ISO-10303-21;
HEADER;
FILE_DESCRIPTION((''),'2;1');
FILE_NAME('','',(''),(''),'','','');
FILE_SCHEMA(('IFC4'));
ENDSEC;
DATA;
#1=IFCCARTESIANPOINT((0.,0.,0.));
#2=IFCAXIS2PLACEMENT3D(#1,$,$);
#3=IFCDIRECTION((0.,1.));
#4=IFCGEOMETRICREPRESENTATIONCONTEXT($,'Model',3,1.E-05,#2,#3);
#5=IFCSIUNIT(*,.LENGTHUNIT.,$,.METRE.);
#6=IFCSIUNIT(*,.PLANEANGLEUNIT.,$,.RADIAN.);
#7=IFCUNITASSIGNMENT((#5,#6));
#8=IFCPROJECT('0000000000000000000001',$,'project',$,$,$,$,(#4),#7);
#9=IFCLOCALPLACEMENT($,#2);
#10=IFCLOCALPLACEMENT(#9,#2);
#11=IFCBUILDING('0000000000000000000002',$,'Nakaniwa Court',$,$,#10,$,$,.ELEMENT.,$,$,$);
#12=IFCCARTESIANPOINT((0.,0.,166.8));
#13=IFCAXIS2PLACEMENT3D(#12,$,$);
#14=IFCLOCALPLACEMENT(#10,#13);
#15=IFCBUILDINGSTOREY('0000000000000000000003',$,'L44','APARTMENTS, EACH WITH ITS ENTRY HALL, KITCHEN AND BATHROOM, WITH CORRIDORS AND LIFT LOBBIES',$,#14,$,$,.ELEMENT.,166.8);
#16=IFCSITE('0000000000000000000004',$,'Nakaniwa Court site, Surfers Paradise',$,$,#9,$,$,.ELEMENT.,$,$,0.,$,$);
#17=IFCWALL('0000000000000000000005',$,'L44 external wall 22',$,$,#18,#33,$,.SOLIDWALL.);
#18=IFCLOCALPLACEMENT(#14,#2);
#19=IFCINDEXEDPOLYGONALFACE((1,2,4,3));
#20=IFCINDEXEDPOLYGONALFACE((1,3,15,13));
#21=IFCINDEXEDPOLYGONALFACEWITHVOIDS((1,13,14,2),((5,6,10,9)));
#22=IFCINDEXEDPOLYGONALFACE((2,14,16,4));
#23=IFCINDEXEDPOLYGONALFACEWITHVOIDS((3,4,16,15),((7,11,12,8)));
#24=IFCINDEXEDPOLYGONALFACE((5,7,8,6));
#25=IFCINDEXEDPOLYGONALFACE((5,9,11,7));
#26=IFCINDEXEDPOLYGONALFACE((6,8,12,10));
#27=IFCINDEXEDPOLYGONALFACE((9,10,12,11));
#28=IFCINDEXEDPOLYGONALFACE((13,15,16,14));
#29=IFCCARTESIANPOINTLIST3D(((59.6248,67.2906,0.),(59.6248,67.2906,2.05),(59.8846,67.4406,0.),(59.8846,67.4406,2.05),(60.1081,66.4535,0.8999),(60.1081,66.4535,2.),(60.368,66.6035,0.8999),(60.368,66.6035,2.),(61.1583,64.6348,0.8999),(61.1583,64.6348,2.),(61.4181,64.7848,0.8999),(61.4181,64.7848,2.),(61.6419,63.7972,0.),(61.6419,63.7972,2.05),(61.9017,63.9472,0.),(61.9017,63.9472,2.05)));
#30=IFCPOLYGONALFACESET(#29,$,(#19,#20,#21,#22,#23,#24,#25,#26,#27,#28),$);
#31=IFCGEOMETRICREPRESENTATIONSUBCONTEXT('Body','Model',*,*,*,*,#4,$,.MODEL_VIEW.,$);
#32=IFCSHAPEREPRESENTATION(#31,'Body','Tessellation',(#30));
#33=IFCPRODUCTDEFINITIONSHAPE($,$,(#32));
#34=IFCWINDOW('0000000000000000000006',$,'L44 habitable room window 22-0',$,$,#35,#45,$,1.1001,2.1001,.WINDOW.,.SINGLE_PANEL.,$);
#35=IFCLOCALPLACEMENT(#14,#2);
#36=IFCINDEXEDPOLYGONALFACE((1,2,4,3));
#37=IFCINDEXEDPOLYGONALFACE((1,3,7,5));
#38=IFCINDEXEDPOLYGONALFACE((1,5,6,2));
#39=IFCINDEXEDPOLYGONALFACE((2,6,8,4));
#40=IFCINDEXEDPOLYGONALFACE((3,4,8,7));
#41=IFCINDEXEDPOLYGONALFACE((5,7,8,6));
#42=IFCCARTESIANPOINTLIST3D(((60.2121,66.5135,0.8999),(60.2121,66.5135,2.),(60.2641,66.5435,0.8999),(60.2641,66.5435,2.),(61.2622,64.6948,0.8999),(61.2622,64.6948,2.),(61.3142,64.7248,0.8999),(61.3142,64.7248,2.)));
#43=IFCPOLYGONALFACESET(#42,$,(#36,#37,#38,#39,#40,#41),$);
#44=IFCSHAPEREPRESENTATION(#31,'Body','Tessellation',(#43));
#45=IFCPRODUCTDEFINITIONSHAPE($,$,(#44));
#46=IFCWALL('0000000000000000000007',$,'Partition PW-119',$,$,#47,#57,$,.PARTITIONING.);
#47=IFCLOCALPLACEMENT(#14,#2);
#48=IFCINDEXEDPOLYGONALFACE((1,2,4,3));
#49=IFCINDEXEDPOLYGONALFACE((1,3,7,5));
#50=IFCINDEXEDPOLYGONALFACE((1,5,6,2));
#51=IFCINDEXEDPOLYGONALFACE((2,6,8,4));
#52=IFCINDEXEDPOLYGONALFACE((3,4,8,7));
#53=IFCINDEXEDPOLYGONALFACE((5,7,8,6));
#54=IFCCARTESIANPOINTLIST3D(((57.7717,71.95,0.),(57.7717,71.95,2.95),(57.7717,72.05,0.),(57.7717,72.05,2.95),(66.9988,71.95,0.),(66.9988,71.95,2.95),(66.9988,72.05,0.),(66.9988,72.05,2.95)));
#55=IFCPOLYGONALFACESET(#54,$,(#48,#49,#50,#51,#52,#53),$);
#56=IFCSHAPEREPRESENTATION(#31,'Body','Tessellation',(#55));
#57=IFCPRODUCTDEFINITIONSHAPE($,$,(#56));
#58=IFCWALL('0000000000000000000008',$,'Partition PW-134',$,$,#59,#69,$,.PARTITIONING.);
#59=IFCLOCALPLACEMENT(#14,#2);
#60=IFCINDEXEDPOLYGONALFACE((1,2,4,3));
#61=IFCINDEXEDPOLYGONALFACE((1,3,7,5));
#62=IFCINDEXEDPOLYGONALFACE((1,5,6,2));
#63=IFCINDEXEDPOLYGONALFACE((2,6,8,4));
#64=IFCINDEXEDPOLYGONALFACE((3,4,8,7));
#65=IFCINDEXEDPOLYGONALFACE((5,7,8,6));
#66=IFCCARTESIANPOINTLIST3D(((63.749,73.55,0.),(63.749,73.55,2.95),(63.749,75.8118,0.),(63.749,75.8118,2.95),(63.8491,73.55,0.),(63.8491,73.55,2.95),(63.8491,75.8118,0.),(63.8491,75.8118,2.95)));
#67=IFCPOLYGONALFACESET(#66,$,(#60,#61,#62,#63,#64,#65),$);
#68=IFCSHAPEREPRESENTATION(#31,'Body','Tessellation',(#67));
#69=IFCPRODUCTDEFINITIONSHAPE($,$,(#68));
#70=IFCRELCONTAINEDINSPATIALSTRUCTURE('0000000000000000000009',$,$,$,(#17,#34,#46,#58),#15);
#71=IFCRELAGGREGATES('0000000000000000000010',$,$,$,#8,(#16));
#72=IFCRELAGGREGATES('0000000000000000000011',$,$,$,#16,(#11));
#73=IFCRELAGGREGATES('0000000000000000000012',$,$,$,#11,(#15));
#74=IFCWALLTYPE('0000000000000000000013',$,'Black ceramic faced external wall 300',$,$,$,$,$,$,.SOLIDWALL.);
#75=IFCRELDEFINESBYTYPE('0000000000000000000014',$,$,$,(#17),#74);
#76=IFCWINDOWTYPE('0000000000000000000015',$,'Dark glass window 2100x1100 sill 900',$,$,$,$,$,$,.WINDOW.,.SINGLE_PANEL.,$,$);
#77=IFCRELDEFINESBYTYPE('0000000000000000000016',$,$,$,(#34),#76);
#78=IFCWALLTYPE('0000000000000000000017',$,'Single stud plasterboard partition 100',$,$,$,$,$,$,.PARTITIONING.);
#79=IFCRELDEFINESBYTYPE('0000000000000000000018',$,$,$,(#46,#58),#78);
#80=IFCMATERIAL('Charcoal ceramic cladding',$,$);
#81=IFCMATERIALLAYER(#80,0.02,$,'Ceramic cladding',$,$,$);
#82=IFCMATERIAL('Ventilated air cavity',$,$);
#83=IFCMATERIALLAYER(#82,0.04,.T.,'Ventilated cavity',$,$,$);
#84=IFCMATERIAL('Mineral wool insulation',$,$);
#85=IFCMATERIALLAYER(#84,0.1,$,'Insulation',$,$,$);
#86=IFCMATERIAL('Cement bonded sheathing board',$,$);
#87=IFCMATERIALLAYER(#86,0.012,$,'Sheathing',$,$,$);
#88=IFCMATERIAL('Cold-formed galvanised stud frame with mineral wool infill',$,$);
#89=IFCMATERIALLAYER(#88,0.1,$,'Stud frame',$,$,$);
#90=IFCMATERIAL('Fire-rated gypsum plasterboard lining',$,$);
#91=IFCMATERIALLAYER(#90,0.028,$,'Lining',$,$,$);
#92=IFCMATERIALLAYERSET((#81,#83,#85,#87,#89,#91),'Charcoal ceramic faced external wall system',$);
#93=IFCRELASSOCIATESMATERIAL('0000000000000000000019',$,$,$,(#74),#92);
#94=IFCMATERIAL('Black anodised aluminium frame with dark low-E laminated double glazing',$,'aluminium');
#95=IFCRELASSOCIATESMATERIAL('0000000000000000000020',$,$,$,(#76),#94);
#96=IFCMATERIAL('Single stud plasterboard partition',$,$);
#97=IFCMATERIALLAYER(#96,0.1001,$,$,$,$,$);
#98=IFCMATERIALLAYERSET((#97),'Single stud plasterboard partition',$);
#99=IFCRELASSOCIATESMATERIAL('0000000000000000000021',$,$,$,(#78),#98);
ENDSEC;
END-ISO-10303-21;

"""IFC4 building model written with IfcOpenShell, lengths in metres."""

from ifc_helpers import new_model, si_unit, direction, frame, frame_2d, origin, place, context, subcontext, project, spatial, rectangle, extrude, material, layer, layer_set, type_object, element, fill, save


model = new_model("IFC4")

# Units and contexts
model_context = context("Model", 3, precision=1e-05, world=origin(), true_north=direction((0.0, 1.0)))
body_context = subcontext(model_context, "Body", "Model", "MODEL_VIEW")
ifc_project = project(units=[si_unit("LENGTHUNIT", "METRE"), si_unit("PLANEANGLEUNIT", "RADIAN")], contexts=[model_context])

# Site, building, storey
site_placement = place(None, origin())
site = spatial("IfcSite", under=ifc_project, at=site_placement, Name="Nakaniwa Court site, Surfers Paradise", CompositionType="ELEMENT", RefElevation=0.0)
building_placement = place(site_placement, origin())
building = spatial("IfcBuilding", under=site, at=building_placement, Name="Nakaniwa Court", CompositionType="ELEMENT")
storey_placement = place(building_placement, frame((0.0, 0.0, 166.8)))
storey = spatial("IfcBuildingStorey", under=building, at=storey_placement, Name="L44", Description="APARTMENTS, EACH WITH ITS ENTRY HALL, KITCHEN AND BATHROOM, WITH CORRIDORS AND LIFT LOBBIES", CompositionType="ELEMENT", Elevation=166.8)

# Wall, opening, window
ifc_material_1 = material(Name="Charcoal ceramic cladding")
ifc_layer_1 = layer(ifc_material_1, 0.02, Name="Ceramic cladding")
ifc_material_2 = material(Name="Ventilated air cavity")
ifc_layer_2 = layer(ifc_material_2, 0.04, ventilated=True, Name="Ventilated cavity")
ifc_material_3 = material(Name="Mineral wool insulation")
ifc_layer_3 = layer(ifc_material_3, 0.1, Name="Insulation")
ifc_material_4 = material(Name="Cement bonded sheathing board")
ifc_layer_4 = layer(ifc_material_4, 0.012, Name="Sheathing")
ifc_material_5 = material(Name="Cold-formed galvanised stud frame with mineral wool infill")
ifc_layer_5 = layer(ifc_material_5, 0.1, Name="Stud frame")
ifc_material_6 = material(Name="Fire-rated gypsum plasterboard lining")
ifc_layer_6 = layer(ifc_material_6, 0.028, Name="Lining")
ifc_layer_set_1 = layer_set([ifc_layer_1, ifc_layer_2, ifc_layer_3, ifc_layer_4, ifc_layer_5, ifc_layer_6], Name="Charcoal ceramic faced external wall system")
wall_type_1 = type_object("IfcWallType", Name="Black ceramic faced external wall 300", PredefinedType="SOLIDWALL", material=ifc_layer_set_1)
ifc_material_7 = material(Name="Black anodised aluminium frame with dark low-E laminated double glazing", Category="aluminium")
window_type = type_object("IfcWindowType", Name="Dark glass window 2100x1100 sill 900", PartitioningType="SINGLE_PANEL", PredefinedType="WINDOW", material=ifc_material_7)
wall_1_placement = place(storey_placement, frame((59.7546, 67.3657, 0.0), z_axis=(0.0, 0.0, 1.0), x_axis=(0.500032, -0.866007, 0.0)))
wall_1 = element("IfcWall", 1, at=wall_1_placement, inside=storey, type_object=wall_type_1, Name="L44 external wall 22", PredefinedType="SOLIDWALL", context=body_context, shape_type="SweptSolid", body=[
    extrude(rectangle(XDim=4.0339, YDim=0.3, at=frame_2d((2.0171, 0.0))), origin(), (0.0, 0.0, 1.0), 2.05),
])
opening_1_placement = place(wall_1_placement, frame((0.9668, 0.0, 0.8999)))
opening_1 = element("IfcOpeningElement", 2, at=opening_1_placement, cuts=wall_1, PredefinedType="OPENING", context=body_context, shape_type="SweptSolid", body=[
    extrude(rectangle(XDim=2.1001, YDim=1.1001, at=frame_2d((1.05, 0.55))), frame((0.0, 0.1599, 0.0), z_axis=(0.0, -1.0, 0.0), x_axis=(1.0, 0.0, 0.0)), (0.0, 0.0, 1.0), 0.3201),
])
window_1_placement = place(opening_1_placement, origin())
window_1 = element("IfcWindow", 3, at=window_1_placement, inside=storey, type_object=window_type, Name="L44 habitable room window 22-0", OverallHeight=1.1001, OverallWidth=2.1001, PartitioningType="SINGLE_PANEL", PredefinedType="WINDOW", context=body_context, shape_type="SweptSolid", body=[
    extrude(rectangle(XDim=2.1001, YDim=1.1001, at=frame_2d((1.05, 0.55))), frame((0.0, 0.03, 0.0), z_axis=(0.0, -1.0, 0.0), x_axis=(1.0, 0.0, 0.0)), (0.0, 0.0, 1.0), 0.0601),
])
fill(opening_1, window_1)

# Walls
ifc_material_8 = material(Name="Single stud plasterboard partition")
ifc_layer_7 = layer(ifc_material_8, 0.1001)
ifc_layer_set_2 = layer_set([ifc_layer_7], Name="Single stud plasterboard partition")
wall_type_2 = type_object("IfcWallType", Name="Single stud plasterboard partition 100", PredefinedType="PARTITIONING", material=ifc_layer_set_2)
wall_2_placement = place(storey_placement, frame((57.7717, 72.0, 0.0), z_axis=(0.0, 0.0, 1.0), x_axis=(1.0, 0.0, 0.0)))
element("IfcWall", 4, at=wall_2_placement, inside=storey, type_object=wall_type_2, Name="Partition PW-119", PredefinedType="PARTITIONING", context=body_context, shape_type="SweptSolid", body=[
    extrude(rectangle(XDim=9.2271, YDim=0.1001, at=frame_2d((4.6135, 0.0))), origin(), (0.0, 0.0, 1.0), 2.95),
])
wall_3_placement = place(storey_placement, frame((63.7991, 73.55, 0.0), z_axis=(0.0, 0.0, 1.0), x_axis=(0.0, 1.0, 0.0)))
element("IfcWall", 5, at=wall_3_placement, inside=storey, type_object=wall_type_2, Name="Partition PW-134", PredefinedType="PARTITIONING", context=body_context, shape_type="SweptSolid", body=[
    extrude(rectangle(XDim=2.2617, YDim=0.1001, at=frame_2d((1.1309, 0.0))), origin(), (0.0, 0.0, 1.0), 2.95),
])

save(model, "model.ifc")
